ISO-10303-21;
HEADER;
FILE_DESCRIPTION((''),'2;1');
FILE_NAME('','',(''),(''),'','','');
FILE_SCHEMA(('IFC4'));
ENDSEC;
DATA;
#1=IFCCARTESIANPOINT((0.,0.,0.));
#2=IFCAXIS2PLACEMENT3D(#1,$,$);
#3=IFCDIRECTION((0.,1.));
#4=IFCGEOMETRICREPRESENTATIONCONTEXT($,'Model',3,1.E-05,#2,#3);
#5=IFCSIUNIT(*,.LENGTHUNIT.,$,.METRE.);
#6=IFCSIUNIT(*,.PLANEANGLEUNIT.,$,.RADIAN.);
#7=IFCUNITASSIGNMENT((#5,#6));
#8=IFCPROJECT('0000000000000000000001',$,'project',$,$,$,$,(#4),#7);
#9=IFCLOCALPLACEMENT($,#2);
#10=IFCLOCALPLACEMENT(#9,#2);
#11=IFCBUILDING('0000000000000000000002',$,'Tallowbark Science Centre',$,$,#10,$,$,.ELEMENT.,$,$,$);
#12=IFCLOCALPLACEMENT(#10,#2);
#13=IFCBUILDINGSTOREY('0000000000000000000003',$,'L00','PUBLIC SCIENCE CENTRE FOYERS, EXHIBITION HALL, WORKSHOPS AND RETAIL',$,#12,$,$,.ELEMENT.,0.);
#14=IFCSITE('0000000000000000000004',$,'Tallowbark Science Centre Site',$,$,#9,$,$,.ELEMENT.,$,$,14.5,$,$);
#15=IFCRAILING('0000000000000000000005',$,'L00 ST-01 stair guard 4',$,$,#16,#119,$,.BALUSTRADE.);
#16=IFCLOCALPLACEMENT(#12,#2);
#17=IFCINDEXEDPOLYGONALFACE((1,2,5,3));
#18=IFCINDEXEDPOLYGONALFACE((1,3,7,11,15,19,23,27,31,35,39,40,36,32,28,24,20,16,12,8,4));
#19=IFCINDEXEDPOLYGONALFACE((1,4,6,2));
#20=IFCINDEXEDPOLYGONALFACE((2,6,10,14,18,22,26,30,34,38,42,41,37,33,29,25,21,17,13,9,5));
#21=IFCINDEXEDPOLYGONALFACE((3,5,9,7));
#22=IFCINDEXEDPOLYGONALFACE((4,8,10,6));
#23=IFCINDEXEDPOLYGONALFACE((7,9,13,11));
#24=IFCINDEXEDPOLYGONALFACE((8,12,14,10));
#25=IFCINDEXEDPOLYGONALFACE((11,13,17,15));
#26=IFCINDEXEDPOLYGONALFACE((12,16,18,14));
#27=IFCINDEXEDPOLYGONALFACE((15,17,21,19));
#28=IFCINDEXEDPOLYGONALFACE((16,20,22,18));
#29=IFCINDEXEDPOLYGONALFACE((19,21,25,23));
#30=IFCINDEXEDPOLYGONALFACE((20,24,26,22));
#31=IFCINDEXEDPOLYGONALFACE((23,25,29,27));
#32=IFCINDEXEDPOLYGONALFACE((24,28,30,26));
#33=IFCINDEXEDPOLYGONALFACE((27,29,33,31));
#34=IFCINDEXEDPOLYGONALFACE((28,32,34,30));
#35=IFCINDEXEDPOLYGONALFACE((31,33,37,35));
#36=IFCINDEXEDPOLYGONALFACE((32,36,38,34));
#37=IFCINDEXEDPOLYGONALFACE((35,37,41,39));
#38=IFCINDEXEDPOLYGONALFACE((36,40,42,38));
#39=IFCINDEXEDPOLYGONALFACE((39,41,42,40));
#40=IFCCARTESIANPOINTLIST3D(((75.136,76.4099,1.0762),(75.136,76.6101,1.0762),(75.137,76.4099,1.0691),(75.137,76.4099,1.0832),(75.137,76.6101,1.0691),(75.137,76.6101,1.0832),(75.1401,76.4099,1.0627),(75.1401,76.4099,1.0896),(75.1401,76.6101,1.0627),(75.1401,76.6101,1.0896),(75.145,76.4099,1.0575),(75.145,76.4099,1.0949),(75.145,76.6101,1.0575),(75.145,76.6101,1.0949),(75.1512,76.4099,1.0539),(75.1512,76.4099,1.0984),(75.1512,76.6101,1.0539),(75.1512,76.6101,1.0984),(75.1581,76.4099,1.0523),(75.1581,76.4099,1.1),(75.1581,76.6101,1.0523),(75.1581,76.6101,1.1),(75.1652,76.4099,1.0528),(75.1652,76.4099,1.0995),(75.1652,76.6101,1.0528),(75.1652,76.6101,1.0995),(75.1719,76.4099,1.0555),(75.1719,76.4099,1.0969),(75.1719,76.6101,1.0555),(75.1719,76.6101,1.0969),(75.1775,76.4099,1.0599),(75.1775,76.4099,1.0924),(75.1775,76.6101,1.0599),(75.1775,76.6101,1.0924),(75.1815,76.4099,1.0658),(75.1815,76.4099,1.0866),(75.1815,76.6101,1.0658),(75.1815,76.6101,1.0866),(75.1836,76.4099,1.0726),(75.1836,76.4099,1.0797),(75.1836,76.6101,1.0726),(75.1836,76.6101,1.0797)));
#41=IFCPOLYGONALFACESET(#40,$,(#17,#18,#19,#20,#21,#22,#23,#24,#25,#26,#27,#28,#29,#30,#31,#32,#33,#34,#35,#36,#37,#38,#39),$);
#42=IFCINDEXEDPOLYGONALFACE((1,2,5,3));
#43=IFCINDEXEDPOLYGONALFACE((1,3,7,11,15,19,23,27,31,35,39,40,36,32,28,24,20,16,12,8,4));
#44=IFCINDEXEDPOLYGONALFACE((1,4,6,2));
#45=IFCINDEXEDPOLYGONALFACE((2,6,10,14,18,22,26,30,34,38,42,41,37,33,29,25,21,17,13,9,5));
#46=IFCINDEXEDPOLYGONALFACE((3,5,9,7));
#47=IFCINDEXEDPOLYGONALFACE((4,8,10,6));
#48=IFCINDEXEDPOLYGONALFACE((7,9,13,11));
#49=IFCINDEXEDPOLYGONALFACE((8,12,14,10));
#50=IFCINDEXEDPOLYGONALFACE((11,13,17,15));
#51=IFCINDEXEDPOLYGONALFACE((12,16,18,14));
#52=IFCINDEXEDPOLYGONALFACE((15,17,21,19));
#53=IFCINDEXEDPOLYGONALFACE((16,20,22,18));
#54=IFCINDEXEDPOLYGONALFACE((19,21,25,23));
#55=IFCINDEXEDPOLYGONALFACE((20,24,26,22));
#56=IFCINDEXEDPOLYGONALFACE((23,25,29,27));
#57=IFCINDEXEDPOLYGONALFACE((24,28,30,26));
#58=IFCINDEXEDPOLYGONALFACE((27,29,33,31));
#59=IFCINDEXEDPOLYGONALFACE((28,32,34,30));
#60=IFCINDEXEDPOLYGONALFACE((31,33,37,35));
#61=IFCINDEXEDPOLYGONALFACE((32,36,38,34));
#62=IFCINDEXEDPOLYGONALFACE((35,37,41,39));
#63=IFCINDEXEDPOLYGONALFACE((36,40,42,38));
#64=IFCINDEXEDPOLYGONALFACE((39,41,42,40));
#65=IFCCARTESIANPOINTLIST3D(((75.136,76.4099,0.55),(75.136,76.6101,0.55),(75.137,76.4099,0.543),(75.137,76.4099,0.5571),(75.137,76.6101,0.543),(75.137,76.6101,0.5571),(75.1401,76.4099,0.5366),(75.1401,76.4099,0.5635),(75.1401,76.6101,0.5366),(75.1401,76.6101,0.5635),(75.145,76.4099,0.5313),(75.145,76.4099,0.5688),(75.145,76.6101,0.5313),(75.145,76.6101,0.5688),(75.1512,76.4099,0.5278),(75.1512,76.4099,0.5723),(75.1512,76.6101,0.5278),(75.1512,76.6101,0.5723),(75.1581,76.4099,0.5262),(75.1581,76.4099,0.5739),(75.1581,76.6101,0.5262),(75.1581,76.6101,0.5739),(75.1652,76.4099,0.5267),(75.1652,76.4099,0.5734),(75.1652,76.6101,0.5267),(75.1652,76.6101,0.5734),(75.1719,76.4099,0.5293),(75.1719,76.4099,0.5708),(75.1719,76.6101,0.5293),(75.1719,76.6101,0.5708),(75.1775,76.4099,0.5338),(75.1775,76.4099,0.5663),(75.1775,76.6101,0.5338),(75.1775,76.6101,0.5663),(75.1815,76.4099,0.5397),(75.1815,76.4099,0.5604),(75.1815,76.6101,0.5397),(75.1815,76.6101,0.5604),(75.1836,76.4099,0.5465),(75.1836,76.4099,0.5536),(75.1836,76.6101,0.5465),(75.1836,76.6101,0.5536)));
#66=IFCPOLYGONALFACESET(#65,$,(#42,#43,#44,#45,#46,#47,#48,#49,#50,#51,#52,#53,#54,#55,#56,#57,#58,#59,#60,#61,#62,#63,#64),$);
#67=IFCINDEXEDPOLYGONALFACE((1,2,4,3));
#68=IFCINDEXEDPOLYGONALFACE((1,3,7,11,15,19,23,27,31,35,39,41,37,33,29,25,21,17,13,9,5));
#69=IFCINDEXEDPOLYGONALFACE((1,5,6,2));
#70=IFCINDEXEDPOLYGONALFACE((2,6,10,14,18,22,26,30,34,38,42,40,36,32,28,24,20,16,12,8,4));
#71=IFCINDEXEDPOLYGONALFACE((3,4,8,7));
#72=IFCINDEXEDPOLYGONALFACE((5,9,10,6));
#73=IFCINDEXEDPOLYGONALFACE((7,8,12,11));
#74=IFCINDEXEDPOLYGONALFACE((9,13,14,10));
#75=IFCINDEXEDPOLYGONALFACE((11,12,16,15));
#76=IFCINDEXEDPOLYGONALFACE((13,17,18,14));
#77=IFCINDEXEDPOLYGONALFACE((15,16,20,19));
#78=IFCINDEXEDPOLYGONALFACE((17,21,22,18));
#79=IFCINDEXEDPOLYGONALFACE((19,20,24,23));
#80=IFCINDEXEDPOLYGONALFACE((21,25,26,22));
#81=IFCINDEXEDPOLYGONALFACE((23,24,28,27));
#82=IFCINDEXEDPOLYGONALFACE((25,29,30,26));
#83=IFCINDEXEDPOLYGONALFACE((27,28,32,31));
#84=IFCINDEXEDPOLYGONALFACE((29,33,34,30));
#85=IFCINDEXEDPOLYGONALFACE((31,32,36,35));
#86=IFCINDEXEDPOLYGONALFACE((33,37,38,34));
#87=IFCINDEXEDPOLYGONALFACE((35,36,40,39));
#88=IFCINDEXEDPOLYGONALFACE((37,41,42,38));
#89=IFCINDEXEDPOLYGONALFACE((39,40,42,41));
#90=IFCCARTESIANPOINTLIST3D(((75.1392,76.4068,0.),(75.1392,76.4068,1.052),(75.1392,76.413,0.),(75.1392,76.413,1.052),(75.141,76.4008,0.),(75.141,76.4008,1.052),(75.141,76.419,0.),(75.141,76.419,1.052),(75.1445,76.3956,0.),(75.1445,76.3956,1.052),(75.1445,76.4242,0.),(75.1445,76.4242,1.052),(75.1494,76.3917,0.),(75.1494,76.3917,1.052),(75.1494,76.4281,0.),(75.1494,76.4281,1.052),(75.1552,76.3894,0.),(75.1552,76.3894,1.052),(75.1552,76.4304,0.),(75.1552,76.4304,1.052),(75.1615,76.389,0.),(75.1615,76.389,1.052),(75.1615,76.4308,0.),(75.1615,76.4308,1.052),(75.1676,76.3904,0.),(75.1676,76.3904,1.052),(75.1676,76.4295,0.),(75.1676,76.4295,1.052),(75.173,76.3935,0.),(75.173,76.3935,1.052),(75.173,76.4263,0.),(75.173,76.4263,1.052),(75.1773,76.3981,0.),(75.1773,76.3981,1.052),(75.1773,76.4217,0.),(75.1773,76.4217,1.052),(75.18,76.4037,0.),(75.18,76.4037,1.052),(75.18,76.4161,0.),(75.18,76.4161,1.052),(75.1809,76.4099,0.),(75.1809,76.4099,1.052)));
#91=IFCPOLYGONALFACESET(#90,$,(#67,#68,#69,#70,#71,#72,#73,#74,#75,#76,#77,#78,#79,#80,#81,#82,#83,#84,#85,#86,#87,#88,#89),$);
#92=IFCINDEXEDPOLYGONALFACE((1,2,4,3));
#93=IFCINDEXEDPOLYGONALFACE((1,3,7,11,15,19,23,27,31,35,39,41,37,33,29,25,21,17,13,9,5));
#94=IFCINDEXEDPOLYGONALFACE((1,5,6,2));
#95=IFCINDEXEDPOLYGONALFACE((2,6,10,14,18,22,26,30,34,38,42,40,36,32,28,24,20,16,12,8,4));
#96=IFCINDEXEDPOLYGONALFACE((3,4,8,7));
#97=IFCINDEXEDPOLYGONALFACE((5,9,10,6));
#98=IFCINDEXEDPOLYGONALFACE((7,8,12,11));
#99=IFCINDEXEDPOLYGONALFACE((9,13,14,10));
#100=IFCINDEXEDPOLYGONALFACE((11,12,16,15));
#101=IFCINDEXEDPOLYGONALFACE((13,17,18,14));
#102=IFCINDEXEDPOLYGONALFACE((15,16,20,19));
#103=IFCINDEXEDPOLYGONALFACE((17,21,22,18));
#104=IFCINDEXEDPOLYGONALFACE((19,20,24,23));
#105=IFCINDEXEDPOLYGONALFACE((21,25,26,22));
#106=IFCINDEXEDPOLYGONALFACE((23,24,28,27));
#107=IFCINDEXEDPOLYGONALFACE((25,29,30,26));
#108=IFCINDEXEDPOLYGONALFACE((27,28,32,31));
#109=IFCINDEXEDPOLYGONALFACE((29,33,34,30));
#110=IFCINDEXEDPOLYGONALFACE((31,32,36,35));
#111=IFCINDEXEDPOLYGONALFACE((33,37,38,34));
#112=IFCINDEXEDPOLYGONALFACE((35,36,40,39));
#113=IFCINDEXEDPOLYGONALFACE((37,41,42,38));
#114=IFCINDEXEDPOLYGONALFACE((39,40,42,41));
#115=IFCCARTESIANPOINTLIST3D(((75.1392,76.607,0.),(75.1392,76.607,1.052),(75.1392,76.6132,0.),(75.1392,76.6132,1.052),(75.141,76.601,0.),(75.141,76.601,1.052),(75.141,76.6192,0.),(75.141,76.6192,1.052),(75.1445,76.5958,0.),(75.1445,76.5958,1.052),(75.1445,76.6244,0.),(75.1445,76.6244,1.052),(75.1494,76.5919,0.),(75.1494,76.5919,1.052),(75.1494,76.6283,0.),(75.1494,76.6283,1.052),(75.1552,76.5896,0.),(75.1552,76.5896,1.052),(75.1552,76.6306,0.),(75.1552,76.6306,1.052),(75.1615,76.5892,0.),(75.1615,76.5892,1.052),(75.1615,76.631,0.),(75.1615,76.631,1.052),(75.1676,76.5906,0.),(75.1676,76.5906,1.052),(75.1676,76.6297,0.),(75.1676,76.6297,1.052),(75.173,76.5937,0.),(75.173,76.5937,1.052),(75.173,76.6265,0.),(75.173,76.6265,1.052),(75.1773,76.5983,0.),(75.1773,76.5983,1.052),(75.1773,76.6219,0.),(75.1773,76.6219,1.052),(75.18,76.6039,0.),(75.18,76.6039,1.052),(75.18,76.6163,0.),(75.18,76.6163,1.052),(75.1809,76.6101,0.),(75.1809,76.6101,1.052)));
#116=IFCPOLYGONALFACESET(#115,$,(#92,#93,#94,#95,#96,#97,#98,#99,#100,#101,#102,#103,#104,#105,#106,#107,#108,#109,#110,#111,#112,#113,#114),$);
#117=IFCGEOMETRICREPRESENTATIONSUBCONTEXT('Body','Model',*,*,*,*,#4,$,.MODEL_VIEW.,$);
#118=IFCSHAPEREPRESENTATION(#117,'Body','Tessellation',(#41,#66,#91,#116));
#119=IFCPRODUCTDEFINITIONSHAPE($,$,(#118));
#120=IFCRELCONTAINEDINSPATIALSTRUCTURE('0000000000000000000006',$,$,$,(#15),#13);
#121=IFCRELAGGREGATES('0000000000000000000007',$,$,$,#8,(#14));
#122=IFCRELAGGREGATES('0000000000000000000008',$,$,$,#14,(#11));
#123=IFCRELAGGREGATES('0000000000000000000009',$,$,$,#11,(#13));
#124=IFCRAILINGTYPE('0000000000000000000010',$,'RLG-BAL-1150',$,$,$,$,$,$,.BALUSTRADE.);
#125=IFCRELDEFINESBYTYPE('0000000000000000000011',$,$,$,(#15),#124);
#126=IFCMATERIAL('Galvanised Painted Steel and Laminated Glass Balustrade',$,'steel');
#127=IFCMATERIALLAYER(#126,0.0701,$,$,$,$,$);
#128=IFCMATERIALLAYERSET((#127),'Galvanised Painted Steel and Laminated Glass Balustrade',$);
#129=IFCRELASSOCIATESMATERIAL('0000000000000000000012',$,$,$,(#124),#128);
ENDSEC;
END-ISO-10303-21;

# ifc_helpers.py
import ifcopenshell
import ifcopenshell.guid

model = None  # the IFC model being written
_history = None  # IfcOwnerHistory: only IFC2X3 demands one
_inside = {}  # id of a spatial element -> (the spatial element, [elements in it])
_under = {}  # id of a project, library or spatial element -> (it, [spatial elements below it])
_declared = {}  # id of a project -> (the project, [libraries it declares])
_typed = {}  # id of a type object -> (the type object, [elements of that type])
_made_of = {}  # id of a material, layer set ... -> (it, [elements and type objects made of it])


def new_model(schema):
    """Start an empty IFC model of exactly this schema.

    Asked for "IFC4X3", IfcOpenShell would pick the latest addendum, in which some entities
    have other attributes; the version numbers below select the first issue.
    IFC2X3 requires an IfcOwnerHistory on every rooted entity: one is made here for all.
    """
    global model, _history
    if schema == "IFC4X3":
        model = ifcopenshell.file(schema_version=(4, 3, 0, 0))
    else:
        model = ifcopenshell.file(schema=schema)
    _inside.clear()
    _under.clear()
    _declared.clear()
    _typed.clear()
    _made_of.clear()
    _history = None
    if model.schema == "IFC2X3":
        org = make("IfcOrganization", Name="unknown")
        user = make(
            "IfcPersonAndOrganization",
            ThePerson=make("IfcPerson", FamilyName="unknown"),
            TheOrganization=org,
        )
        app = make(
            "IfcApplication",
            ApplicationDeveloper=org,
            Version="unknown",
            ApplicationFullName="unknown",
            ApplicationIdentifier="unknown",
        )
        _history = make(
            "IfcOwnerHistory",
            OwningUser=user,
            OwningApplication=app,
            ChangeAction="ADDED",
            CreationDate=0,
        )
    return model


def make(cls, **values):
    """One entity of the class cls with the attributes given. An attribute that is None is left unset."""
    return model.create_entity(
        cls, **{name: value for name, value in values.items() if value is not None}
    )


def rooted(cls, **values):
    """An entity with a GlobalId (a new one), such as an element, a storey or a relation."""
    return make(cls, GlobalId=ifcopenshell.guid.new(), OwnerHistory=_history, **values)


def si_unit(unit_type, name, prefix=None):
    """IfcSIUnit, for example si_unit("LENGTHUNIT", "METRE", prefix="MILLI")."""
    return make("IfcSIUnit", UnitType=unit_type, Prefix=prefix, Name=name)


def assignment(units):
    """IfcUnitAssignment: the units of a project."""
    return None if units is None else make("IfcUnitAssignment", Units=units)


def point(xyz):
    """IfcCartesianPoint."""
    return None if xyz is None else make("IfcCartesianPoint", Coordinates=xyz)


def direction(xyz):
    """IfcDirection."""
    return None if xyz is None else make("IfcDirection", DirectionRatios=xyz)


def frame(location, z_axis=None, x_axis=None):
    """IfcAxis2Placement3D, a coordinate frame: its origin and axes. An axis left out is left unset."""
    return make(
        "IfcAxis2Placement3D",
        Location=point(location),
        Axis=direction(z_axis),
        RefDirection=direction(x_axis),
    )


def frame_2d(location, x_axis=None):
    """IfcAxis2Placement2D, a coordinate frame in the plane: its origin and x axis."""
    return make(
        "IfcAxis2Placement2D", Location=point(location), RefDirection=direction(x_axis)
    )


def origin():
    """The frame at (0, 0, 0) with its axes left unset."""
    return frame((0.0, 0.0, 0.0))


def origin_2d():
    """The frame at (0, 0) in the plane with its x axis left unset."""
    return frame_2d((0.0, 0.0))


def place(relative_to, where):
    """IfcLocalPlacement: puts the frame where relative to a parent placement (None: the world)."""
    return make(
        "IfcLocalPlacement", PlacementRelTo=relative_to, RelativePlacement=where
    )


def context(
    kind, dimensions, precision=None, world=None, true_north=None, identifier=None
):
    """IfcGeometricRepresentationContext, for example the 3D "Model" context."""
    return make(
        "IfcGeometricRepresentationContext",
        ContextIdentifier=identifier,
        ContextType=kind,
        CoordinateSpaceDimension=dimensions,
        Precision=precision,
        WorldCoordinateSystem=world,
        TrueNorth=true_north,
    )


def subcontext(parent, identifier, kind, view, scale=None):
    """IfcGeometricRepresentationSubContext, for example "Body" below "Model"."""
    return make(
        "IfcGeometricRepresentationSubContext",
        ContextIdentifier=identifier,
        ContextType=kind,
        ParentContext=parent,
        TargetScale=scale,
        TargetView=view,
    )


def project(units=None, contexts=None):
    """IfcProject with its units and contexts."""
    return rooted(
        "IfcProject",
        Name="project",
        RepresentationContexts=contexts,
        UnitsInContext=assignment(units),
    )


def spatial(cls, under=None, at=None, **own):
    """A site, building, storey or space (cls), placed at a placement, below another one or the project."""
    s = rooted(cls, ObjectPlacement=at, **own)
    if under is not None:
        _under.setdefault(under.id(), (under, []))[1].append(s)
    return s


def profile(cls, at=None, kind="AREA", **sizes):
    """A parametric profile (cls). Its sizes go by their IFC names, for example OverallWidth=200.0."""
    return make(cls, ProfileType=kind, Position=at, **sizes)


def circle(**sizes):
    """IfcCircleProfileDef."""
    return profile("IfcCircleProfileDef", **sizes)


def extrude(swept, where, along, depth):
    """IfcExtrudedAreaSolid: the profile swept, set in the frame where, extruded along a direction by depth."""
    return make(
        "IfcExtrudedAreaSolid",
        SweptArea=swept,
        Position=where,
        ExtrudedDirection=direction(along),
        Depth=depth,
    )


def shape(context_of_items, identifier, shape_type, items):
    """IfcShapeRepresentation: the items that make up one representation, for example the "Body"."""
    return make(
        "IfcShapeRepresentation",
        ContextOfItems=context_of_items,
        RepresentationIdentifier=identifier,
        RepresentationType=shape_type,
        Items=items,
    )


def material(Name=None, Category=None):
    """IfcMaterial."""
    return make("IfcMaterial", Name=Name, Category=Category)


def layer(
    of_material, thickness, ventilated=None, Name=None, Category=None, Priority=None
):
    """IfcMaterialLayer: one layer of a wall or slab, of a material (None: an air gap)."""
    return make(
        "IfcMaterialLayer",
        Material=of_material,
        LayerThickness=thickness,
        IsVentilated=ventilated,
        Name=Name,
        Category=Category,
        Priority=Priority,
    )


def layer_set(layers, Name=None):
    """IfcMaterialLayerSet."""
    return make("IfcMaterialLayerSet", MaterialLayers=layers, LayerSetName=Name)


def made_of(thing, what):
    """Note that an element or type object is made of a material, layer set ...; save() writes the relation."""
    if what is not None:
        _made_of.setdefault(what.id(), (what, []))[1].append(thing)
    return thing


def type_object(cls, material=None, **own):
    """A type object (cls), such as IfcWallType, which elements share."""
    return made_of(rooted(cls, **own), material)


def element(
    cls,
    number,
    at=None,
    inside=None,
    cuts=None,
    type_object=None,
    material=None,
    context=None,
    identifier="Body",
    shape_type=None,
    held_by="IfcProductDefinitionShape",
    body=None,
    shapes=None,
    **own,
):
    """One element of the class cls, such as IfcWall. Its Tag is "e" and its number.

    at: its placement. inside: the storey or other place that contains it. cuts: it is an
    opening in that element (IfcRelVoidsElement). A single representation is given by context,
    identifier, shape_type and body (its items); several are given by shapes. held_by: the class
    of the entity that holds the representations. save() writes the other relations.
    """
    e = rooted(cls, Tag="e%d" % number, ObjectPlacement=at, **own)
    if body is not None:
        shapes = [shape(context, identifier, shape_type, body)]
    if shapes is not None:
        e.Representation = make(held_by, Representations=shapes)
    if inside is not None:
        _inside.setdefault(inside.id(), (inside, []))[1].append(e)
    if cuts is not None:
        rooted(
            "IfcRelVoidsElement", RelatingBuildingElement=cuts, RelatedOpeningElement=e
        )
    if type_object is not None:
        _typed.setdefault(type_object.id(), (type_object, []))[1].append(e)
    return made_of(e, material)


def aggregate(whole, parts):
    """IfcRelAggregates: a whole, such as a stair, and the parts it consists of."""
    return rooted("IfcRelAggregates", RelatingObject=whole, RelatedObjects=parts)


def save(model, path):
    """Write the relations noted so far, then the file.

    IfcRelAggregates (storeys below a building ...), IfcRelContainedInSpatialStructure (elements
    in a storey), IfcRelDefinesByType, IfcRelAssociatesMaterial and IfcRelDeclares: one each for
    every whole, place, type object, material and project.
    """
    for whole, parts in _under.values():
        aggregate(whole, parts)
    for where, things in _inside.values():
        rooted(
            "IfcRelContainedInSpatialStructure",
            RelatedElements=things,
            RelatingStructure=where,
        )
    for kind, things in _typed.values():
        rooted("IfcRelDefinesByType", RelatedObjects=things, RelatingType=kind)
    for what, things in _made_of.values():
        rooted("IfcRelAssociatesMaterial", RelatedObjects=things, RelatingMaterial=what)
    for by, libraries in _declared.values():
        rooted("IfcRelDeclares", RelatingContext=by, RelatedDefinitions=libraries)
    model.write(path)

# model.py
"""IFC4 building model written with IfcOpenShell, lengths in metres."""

from ifc_helpers import new_model, si_unit, direction, frame, origin, origin_2d, place, context, subcontext, project, spatial, circle, extrude, material, layer, layer_set, type_object, element, save


model = new_model("IFC4")

# Units and contexts
model_context = context("Model", 3, precision=1e-05, world=origin(), true_north=direction((0.0, 1.0)))
body_context = subcontext(model_context, "Body", "Model", "MODEL_VIEW")
ifc_project = project(units=[si_unit("LENGTHUNIT", "METRE"), si_unit("PLANEANGLEUNIT", "RADIAN")], contexts=[model_context])

# Site, building, storey
site_placement = place(None, origin())
site = spatial("IfcSite", under=ifc_project, at=site_placement, Name="Tallowbark Science Centre Site", CompositionType="ELEMENT", RefElevation=14.5)
building_placement = place(site_placement, origin())
building = spatial("IfcBuilding", under=site, at=building_placement, Name="Tallowbark Science Centre", CompositionType="ELEMENT")
storey_placement = place(building_placement, origin())
storey = spatial("IfcBuildingStorey", under=building, at=storey_placement, Name="L00", Description="PUBLIC SCIENCE CENTRE FOYERS, EXHIBITION HALL, WORKSHOPS AND RETAIL", CompositionType="ELEMENT", Elevation=0.0)

# Railing
ifc_material_1 = material(Name="Galvanised Painted Steel and Laminated Glass Balustrade", Category="steel")
ifc_layer_1 = layer(ifc_material_1, 0.0701)
ifc_layer_set_1 = layer_set([ifc_layer_1], Name="Galvanised Painted Steel and Laminated Glass Balustrade")
railing_type_1 = type_object("IfcRailingType", Name="RLG-BAL-1150", PredefinedType="BALUSTRADE", material=ifc_layer_set_1)
railing_1_placement = place(storey_placement, frame((75.1599, 76.4099, 0.0)))
element("IfcRailing", 1, at=railing_1_placement, inside=storey, type_object=railing_type_1, Name="L00 ST-01 stair guard 4", PredefinedType="BALUSTRADE", context=body_context, shape_type="SweptSolid", body=[
    extrude(circle(Radius=0.0239, at=origin_2d()), frame((0.0, 0.0, 1.0762), z_axis=(0.0, 1.0, 0.0), x_axis=(-1.0, 0.0, 0.0)), (0.0, 0.0, 1.0), 0.2002),
    extrude(circle(Radius=0.0239, at=origin_2d()), frame((0.0, 0.0, 0.55), z_axis=(0.0, 1.0, 0.0), x_axis=(-1.0, 0.0, 0.0)), (0.0, 0.0, 1.0), 0.2002),
    extrude(circle(Radius=0.021, at=origin_2d()), origin(), (0.0, 0.0, 1.0), 1.052),
    extrude(circle(Radius=0.021, at=origin_2d()), frame((0.0, 0.2002, 0.0)), (0.0, 0.0, 1.0), 1.052),
])

save(model, "model.ifc")
